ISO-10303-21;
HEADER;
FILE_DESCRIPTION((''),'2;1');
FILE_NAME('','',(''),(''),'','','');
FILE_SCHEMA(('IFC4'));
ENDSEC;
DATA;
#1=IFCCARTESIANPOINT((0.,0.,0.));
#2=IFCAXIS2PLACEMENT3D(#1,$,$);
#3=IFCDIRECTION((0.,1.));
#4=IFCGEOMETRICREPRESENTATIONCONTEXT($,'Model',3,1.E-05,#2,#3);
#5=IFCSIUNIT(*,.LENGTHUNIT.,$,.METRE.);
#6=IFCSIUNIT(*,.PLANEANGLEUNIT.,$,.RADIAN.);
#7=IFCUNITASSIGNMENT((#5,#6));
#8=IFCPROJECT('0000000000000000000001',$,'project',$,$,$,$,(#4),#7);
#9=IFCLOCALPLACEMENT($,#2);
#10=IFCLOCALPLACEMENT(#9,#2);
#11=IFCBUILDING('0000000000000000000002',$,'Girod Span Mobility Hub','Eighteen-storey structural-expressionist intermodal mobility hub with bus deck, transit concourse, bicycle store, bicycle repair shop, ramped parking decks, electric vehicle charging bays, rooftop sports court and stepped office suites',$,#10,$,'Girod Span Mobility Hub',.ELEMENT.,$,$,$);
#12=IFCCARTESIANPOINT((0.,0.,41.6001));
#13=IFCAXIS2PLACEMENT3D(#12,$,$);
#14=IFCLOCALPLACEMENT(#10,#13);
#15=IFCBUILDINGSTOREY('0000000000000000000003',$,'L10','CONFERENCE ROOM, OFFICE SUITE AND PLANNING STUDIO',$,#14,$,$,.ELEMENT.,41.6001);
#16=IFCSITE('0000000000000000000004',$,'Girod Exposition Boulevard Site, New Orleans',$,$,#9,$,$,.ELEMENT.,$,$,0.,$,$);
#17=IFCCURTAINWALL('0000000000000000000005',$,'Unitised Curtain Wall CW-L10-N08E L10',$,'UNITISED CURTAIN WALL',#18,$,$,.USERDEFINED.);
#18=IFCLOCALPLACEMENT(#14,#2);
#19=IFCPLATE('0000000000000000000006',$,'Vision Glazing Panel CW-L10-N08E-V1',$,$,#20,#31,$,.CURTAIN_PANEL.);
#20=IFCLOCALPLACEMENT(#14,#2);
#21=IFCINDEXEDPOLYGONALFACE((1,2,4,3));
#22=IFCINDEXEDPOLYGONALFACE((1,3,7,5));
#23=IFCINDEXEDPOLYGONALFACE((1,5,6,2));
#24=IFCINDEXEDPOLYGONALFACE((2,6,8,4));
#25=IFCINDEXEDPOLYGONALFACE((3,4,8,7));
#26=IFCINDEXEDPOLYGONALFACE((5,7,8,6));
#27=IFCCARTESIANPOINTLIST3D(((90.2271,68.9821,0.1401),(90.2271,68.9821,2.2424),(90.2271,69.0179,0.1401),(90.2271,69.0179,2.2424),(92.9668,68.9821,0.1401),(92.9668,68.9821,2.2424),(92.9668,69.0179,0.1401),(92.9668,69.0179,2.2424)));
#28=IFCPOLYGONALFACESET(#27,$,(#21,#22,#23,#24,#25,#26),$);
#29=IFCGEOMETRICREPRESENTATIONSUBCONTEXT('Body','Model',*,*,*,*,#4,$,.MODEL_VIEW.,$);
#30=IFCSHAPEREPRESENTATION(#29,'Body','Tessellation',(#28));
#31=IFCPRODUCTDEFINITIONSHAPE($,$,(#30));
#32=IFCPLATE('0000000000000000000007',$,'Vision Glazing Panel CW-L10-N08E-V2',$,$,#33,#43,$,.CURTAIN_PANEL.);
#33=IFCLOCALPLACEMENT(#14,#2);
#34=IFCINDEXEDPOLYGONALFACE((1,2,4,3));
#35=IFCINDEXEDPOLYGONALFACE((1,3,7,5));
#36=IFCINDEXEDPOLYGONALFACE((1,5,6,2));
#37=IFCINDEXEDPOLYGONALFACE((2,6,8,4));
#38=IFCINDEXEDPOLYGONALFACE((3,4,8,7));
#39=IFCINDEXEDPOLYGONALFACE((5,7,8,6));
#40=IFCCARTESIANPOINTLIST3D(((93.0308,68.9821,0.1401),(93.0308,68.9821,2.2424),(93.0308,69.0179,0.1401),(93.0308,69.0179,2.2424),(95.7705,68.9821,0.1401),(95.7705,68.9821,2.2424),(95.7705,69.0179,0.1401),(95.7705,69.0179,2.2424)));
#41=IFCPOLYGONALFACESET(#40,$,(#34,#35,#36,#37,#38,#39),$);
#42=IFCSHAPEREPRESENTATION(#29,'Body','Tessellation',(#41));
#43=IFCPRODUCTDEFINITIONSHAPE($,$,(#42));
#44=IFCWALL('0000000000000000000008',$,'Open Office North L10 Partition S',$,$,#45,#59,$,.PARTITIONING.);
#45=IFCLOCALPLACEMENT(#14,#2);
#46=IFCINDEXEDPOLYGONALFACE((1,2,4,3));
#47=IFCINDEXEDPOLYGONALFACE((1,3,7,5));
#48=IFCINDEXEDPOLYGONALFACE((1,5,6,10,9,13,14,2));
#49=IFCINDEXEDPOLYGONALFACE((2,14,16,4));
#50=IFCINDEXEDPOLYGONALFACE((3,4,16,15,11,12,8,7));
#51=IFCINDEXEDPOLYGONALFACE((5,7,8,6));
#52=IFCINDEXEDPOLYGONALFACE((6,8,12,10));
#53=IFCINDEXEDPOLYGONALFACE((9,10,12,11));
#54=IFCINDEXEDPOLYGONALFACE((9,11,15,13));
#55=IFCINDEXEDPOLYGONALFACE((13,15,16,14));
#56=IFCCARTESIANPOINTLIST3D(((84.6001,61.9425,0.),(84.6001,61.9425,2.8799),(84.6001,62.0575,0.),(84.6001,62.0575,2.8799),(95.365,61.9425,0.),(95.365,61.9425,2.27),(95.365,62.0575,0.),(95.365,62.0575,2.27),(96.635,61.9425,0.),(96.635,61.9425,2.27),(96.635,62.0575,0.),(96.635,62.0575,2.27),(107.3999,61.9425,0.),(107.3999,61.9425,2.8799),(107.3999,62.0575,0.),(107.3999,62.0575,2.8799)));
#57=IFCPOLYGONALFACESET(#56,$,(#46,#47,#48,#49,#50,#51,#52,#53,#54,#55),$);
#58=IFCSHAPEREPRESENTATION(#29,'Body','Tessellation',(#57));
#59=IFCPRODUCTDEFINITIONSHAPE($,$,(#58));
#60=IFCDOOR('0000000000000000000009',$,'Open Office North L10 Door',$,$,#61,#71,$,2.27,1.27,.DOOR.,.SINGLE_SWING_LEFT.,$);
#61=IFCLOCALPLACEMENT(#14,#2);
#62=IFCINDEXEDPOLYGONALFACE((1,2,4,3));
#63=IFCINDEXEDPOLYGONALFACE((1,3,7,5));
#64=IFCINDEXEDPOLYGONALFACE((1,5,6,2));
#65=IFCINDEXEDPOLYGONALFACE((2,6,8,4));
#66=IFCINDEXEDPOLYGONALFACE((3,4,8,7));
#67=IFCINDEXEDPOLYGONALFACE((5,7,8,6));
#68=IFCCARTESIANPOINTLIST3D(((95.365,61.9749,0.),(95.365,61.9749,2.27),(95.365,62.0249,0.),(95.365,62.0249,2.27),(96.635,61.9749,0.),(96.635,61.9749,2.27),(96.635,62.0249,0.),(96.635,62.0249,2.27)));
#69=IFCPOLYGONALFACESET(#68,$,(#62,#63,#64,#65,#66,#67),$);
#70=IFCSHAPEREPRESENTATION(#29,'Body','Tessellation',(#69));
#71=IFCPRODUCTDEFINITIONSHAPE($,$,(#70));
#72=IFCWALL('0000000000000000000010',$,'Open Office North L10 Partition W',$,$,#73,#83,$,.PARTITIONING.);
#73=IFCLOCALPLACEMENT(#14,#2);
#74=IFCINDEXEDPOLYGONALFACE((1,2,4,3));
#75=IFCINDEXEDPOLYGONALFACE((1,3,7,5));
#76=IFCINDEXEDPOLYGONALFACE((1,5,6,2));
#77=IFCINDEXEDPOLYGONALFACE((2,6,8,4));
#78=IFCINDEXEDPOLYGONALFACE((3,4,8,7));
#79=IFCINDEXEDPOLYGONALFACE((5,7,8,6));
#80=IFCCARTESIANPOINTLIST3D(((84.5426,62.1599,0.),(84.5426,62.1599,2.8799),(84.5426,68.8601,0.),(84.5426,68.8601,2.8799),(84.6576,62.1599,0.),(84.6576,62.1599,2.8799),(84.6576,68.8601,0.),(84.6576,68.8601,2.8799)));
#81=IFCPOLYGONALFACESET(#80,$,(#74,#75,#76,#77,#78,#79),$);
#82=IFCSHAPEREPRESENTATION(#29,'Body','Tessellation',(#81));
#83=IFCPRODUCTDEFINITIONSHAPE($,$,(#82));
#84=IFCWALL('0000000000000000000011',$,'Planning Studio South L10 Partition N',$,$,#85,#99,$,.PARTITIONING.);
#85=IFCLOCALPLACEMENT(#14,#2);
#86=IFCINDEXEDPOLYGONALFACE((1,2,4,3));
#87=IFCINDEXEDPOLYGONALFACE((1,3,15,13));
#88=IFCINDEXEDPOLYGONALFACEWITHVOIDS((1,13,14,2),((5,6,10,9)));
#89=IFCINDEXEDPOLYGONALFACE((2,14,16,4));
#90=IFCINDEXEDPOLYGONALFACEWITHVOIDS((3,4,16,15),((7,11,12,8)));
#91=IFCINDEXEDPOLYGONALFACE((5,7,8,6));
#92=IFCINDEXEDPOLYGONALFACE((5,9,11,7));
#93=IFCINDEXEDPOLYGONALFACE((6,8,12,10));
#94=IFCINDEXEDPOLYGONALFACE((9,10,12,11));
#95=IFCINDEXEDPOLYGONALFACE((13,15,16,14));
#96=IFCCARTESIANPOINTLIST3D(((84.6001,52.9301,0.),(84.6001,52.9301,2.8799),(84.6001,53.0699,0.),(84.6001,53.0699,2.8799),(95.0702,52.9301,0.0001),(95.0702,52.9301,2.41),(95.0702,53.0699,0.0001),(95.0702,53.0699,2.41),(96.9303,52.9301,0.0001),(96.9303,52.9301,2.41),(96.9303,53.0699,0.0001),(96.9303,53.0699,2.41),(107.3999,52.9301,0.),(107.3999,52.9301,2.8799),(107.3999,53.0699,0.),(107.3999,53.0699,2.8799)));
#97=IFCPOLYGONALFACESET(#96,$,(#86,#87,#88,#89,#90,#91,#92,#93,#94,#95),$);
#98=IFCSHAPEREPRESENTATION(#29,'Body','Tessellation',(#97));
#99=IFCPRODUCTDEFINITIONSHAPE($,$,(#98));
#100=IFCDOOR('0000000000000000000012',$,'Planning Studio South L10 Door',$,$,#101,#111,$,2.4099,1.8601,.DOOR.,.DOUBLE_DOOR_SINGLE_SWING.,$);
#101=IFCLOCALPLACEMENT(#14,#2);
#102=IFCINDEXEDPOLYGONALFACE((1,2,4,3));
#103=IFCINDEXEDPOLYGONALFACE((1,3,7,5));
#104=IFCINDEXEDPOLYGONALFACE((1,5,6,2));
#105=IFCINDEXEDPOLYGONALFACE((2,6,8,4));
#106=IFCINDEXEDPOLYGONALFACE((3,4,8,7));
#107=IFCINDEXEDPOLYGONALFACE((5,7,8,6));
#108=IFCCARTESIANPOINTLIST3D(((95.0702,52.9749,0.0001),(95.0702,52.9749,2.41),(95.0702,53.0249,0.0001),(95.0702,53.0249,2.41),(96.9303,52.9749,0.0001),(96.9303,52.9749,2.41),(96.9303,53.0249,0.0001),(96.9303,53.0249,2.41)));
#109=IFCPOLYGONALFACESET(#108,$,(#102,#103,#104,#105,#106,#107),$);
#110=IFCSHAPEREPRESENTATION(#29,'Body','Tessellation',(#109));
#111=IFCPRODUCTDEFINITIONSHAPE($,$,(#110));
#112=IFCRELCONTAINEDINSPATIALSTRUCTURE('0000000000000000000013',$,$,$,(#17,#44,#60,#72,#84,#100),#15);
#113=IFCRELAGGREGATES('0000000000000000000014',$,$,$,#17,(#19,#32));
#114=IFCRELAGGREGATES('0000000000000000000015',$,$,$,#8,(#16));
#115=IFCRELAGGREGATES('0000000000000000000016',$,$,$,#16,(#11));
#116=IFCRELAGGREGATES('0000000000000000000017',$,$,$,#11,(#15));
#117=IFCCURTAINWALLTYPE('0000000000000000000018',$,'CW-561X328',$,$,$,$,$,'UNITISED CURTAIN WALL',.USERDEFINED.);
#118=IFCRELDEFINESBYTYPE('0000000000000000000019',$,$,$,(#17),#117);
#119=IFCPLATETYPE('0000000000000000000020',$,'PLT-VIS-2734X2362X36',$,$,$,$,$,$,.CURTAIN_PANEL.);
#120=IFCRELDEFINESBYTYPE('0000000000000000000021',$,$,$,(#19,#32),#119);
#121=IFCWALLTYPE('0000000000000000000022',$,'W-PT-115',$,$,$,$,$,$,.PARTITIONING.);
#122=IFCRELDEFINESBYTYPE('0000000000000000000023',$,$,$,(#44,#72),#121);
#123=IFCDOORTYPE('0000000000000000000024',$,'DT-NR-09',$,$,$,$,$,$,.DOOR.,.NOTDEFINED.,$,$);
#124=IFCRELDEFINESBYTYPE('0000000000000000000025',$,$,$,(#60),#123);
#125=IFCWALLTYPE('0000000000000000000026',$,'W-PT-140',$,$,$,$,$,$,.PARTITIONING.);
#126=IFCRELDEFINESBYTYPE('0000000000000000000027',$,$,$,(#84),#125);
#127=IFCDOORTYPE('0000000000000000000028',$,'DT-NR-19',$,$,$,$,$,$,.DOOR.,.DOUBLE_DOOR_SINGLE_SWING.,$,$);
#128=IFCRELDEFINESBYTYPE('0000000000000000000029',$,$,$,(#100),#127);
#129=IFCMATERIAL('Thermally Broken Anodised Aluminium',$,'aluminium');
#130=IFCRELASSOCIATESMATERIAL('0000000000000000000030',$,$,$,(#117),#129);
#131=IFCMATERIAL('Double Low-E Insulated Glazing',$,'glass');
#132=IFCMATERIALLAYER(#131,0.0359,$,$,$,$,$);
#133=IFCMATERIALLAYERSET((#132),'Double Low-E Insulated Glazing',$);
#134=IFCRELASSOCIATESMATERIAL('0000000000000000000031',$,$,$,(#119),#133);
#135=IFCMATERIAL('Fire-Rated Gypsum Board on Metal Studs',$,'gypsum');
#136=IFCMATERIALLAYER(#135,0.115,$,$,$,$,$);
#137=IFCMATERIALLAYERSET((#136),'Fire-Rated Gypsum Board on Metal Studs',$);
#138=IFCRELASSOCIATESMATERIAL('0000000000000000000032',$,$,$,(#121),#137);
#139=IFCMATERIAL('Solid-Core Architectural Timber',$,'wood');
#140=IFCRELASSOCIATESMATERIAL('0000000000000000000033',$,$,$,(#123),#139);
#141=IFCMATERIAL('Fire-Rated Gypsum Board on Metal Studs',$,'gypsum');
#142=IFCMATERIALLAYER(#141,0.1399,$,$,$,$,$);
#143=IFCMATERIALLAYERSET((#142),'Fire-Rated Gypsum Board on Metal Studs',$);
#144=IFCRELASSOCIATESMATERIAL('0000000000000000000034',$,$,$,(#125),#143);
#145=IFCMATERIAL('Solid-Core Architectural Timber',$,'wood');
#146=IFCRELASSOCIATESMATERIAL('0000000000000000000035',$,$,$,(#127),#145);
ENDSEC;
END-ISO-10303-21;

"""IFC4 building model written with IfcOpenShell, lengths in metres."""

from ifc_helpers import new_model, si_unit, direction, frame, frame_2d, origin, origin_2d, place, context, subcontext, project, spatial, rectangle, extrude, material, layer, layer_set, type_object, element, fill, aggregate, save


model = new_model("IFC4")

# Units and contexts
model_context = context("Model", 3, precision=1e-05, world=origin(), true_north=direction((0.0, 1.0)))
body_context = subcontext(model_context, "Body", "Model", "MODEL_VIEW")
ifc_project = project(units=[si_unit("LENGTHUNIT", "METRE"), si_unit("PLANEANGLEUNIT", "RADIAN")], contexts=[model_context])

# Site, building, storey
site_placement = place(None, origin())
site = spatial("IfcSite", under=ifc_project, at=site_placement, Name="Girod Exposition Boulevard Site, New Orleans", CompositionType="ELEMENT", RefElevation=0.0)
building_placement = place(site_placement, origin())
building = spatial("IfcBuilding", under=site, at=building_placement, Name="Girod Span Mobility Hub", Description="Eighteen-storey structural-expressionist intermodal mobility hub with bus deck, transit concourse, bicycle store, bicycle repair shop, ramped parking decks, electric vehicle charging bays, rooftop sports court and stepped office suites", LongName="Girod Span Mobility Hub", CompositionType="ELEMENT")
storey_placement = place(building_placement, frame((0.0, 0.0, 41.6001)))
storey = spatial("IfcBuildingStorey", under=building, at=storey_placement, Name="L10", Description="CONFERENCE ROOM, OFFICE SUITE AND PLANNING STUDIO", CompositionType="ELEMENT", Elevation=41.6001)

# Curtain wall
ifc_material_1 = material(Name="Thermally Broken Anodised Aluminium", Category="aluminium")
curtain_wall_type = type_object("IfcCurtainWallType", Name="CW-561X328", ElementType="UNITISED CURTAIN WALL", PredefinedType="USERDEFINED", material=ifc_material_1)
curtain_wall_1_placement = place(storey_placement, origin())
curtain_wall_1 = element("IfcCurtainWall", 1, at=curtain_wall_1_placement, inside=storey, type_object=curtain_wall_type, Name="Unitised Curtain Wall CW-L10-N08E L10", ObjectType="UNITISED CURTAIN WALL", PredefinedType="USERDEFINED")

# Plates
ifc_material_2 = material(Name="Double Low-E Insulated Glazing", Category="glass")
ifc_layer_1 = layer(ifc_material_2, 0.0359)
ifc_layer_set_1 = layer_set([ifc_layer_1], Name="Double Low-E Insulated Glazing")
plate_type_1 = type_object("IfcPlateType", Name="PLT-VIS-2734X2362X36", PredefinedType="CURTAIN_PANEL", material=ifc_layer_set_1)
plate_1_placement = place(storey_placement, frame((91.5969, 69.0, 0.1401), z_axis=(0.0, 0.0, 1.0), x_axis=(1.0, 0.0, 0.0)))
plate_1 = element("IfcPlate", 2, at=plate_1_placement, type_object=plate_type_1, Name="Vision Glazing Panel CW-L10-N08E-V1", PredefinedType="CURTAIN_PANEL", context=body_context, shape_type="SweptSolid", body=[
    extrude(rectangle(XDim=2.7397, YDim=0.0359, at=origin_2d()), origin(), (0.0, 0.0, 1.0), 2.1023),
])
plate_2_placement = place(storey_placement, frame((94.4006, 69.0, 0.1401), z_axis=(0.0, 0.0, 1.0), x_axis=(1.0, 0.0, 0.0)))
plate_2 = element("IfcPlate", 3, at=plate_2_placement, type_object=plate_type_1, Name="Vision Glazing Panel CW-L10-N08E-V2", PredefinedType="CURTAIN_PANEL", context=body_context, shape_type="SweptSolid", body=[
    extrude(rectangle(XDim=2.7397, YDim=0.0359, at=origin_2d()), origin(), (0.0, 0.0, 1.0), 2.1023),
])
aggregate(curtain_wall_1, [plate_1, plate_2])

# Wall, opening, door
ifc_material_3 = material(Name="Fire-Rated Gypsum Board on Metal Studs", Category="gypsum")
ifc_layer_2 = layer(ifc_material_3, 0.115)
ifc_layer_set_2 = layer_set([ifc_layer_2], Name="Fire-Rated Gypsum Board on Metal Studs")
wall_type_1 = type_object("IfcWallType", Name="W-PT-115", PredefinedType="PARTITIONING", material=ifc_layer_set_2)
wall_1_placement = place(storey_placement, frame((84.6001, 62.0, 0.0), z_axis=(0.0, 0.0, 1.0), x_axis=(1.0, 0.0, 0.0)))
wall_1 = element("IfcWall", 4, at=wall_1_placement, inside=storey, type_object=wall_type_1, Name="Open Office North L10 Partition S", PredefinedType="PARTITIONING", context=body_context, shape_type="SweptSolid", body=[
    extrude(rectangle(XDim=22.7998, YDim=0.115, at=frame_2d((11.3999, 0.0))), origin(), (0.0, 0.0, 1.0), 2.8799),
])
opening_1_placement = place(wall_1_placement, frame((10.7649, 0.0, 0.0)))
opening_1 = element("IfcOpeningElement", 5, at=opening_1_placement, cuts=wall_1, PredefinedType="OPENING", context=body_context, shape_type="SweptSolid", body=[
    extrude(rectangle(XDim=1.27, YDim=2.27, at=frame_2d((0.635, 1.135))), frame((0.0, 0.0725, 0.0), z_axis=(0.0, -1.0, 0.0), x_axis=(1.0, 0.0, 0.0)), (0.0, 0.0, 1.0), 0.145),
])
ifc_material_4 = material(Name="Solid-Core Architectural Timber", Category="wood")
door_type_1 = type_object("IfcDoorType", Name="DT-NR-09", OperationType="NOTDEFINED", PredefinedType="DOOR", material=ifc_material_4)
door_1_placement = place(opening_1_placement, origin())
door_1 = element("IfcDoor", 6, at=door_1_placement, inside=storey, type_object=door_type_1, Name="Open Office North L10 Door", OperationType="SINGLE_SWING_LEFT", OverallHeight=2.27, OverallWidth=1.27, PredefinedType="DOOR", context=body_context, shape_type="SweptSolid", body=[
    extrude(rectangle(XDim=1.27, YDim=2.27, at=frame_2d((0.635, 1.135))), frame((0.0, 0.0249, 0.0), z_axis=(0.0, -1.0, 0.0), x_axis=(1.0, 0.0, 0.0)), (0.0, 0.0, 1.0), 0.05),
])
fill(opening_1, door_1)

# Wall
wall_2_placement = place(storey_placement, frame((84.6001, 62.1599, 0.0), z_axis=(0.0, 0.0, 1.0), x_axis=(0.0, 1.0, 0.0)))
element("IfcWall", 7, at=wall_2_placement, inside=storey, type_object=wall_type_1, Name="Open Office North L10 Partition W", PredefinedType="PARTITIONING", context=body_context, shape_type="SweptSolid", body=[
    extrude(rectangle(XDim=6.7002, YDim=0.115, at=frame_2d((3.3501, 0.0))), origin(), (0.0, 0.0, 1.0), 2.8799),
])

# Wall, opening, door
ifc_material_5 = material(Name="Fire-Rated Gypsum Board on Metal Studs", Category="gypsum")
ifc_layer_3 = layer(ifc_material_5, 0.1399)
ifc_layer_set_3 = layer_set([ifc_layer_3], Name="Fire-Rated Gypsum Board on Metal Studs")
wall_type_2 = type_object("IfcWallType", Name="W-PT-140", PredefinedType="PARTITIONING", material=ifc_layer_set_3)
wall_3_placement = place(storey_placement, frame((84.6001, 53.0, 0.0), z_axis=(0.0, 0.0, 1.0), x_axis=(1.0, 0.0, 0.0)))
wall_3 = element("IfcWall", 8, at=wall_3_placement, inside=storey, type_object=wall_type_2, Name="Planning Studio South L10 Partition N", PredefinedType="PARTITIONING", context=body_context, shape_type="SweptSolid", body=[
    extrude(rectangle(XDim=22.7998, YDim=0.1399, at=frame_2d((11.3999, 0.0))), origin(), (0.0, 0.0, 1.0), 2.8799),
])
opening_2_placement = place(wall_3_placement, frame((10.47, 0.0, 0.0)))
opening_2 = element("IfcOpeningElement", 9, at=opening_2_placement, cuts=wall_3, PredefinedType="OPENING", context=body_context, shape_type="SweptSolid", body=[
    extrude(rectangle(XDim=1.8601, YDim=2.4099, at=frame_2d((0.9302, 1.2051))), frame((0.0, 0.085, 0.0), z_axis=(0.0, -1.0, 0.0), x_axis=(1.0, 0.0, 0.0)), (0.0, 0.0, 1.0), 0.1699),
])
ifc_material_6 = material(Name="Solid-Core Architectural Timber", Category="wood")
door_type_2 = type_object("IfcDoorType", Name="DT-NR-19", OperationType="DOUBLE_DOOR_SINGLE_SWING", PredefinedType="DOOR", material=ifc_material_6)
door_2_placement = place(opening_2_placement, origin())
door_2 = element("IfcDoor", 10, at=door_2_placement, inside=storey, type_object=door_type_2, Name="Planning Studio South L10 Door", OperationType="DOUBLE_DOOR_SINGLE_SWING", OverallHeight=2.4099, OverallWidth=1.8601, PredefinedType="DOOR", context=body_context, shape_type="SweptSolid", body=[
    extrude(rectangle(XDim=1.8601, YDim=2.4099, at=frame_2d((0.9302, 1.2051))), frame((0.0, 0.0249, 0.0), z_axis=(0.0, -1.0, 0.0), x_axis=(1.0, 0.0, 0.0)), (0.0, 0.0, 1.0), 0.05),
])
fill(opening_2, door_2)

save(model, "model.ifc")
